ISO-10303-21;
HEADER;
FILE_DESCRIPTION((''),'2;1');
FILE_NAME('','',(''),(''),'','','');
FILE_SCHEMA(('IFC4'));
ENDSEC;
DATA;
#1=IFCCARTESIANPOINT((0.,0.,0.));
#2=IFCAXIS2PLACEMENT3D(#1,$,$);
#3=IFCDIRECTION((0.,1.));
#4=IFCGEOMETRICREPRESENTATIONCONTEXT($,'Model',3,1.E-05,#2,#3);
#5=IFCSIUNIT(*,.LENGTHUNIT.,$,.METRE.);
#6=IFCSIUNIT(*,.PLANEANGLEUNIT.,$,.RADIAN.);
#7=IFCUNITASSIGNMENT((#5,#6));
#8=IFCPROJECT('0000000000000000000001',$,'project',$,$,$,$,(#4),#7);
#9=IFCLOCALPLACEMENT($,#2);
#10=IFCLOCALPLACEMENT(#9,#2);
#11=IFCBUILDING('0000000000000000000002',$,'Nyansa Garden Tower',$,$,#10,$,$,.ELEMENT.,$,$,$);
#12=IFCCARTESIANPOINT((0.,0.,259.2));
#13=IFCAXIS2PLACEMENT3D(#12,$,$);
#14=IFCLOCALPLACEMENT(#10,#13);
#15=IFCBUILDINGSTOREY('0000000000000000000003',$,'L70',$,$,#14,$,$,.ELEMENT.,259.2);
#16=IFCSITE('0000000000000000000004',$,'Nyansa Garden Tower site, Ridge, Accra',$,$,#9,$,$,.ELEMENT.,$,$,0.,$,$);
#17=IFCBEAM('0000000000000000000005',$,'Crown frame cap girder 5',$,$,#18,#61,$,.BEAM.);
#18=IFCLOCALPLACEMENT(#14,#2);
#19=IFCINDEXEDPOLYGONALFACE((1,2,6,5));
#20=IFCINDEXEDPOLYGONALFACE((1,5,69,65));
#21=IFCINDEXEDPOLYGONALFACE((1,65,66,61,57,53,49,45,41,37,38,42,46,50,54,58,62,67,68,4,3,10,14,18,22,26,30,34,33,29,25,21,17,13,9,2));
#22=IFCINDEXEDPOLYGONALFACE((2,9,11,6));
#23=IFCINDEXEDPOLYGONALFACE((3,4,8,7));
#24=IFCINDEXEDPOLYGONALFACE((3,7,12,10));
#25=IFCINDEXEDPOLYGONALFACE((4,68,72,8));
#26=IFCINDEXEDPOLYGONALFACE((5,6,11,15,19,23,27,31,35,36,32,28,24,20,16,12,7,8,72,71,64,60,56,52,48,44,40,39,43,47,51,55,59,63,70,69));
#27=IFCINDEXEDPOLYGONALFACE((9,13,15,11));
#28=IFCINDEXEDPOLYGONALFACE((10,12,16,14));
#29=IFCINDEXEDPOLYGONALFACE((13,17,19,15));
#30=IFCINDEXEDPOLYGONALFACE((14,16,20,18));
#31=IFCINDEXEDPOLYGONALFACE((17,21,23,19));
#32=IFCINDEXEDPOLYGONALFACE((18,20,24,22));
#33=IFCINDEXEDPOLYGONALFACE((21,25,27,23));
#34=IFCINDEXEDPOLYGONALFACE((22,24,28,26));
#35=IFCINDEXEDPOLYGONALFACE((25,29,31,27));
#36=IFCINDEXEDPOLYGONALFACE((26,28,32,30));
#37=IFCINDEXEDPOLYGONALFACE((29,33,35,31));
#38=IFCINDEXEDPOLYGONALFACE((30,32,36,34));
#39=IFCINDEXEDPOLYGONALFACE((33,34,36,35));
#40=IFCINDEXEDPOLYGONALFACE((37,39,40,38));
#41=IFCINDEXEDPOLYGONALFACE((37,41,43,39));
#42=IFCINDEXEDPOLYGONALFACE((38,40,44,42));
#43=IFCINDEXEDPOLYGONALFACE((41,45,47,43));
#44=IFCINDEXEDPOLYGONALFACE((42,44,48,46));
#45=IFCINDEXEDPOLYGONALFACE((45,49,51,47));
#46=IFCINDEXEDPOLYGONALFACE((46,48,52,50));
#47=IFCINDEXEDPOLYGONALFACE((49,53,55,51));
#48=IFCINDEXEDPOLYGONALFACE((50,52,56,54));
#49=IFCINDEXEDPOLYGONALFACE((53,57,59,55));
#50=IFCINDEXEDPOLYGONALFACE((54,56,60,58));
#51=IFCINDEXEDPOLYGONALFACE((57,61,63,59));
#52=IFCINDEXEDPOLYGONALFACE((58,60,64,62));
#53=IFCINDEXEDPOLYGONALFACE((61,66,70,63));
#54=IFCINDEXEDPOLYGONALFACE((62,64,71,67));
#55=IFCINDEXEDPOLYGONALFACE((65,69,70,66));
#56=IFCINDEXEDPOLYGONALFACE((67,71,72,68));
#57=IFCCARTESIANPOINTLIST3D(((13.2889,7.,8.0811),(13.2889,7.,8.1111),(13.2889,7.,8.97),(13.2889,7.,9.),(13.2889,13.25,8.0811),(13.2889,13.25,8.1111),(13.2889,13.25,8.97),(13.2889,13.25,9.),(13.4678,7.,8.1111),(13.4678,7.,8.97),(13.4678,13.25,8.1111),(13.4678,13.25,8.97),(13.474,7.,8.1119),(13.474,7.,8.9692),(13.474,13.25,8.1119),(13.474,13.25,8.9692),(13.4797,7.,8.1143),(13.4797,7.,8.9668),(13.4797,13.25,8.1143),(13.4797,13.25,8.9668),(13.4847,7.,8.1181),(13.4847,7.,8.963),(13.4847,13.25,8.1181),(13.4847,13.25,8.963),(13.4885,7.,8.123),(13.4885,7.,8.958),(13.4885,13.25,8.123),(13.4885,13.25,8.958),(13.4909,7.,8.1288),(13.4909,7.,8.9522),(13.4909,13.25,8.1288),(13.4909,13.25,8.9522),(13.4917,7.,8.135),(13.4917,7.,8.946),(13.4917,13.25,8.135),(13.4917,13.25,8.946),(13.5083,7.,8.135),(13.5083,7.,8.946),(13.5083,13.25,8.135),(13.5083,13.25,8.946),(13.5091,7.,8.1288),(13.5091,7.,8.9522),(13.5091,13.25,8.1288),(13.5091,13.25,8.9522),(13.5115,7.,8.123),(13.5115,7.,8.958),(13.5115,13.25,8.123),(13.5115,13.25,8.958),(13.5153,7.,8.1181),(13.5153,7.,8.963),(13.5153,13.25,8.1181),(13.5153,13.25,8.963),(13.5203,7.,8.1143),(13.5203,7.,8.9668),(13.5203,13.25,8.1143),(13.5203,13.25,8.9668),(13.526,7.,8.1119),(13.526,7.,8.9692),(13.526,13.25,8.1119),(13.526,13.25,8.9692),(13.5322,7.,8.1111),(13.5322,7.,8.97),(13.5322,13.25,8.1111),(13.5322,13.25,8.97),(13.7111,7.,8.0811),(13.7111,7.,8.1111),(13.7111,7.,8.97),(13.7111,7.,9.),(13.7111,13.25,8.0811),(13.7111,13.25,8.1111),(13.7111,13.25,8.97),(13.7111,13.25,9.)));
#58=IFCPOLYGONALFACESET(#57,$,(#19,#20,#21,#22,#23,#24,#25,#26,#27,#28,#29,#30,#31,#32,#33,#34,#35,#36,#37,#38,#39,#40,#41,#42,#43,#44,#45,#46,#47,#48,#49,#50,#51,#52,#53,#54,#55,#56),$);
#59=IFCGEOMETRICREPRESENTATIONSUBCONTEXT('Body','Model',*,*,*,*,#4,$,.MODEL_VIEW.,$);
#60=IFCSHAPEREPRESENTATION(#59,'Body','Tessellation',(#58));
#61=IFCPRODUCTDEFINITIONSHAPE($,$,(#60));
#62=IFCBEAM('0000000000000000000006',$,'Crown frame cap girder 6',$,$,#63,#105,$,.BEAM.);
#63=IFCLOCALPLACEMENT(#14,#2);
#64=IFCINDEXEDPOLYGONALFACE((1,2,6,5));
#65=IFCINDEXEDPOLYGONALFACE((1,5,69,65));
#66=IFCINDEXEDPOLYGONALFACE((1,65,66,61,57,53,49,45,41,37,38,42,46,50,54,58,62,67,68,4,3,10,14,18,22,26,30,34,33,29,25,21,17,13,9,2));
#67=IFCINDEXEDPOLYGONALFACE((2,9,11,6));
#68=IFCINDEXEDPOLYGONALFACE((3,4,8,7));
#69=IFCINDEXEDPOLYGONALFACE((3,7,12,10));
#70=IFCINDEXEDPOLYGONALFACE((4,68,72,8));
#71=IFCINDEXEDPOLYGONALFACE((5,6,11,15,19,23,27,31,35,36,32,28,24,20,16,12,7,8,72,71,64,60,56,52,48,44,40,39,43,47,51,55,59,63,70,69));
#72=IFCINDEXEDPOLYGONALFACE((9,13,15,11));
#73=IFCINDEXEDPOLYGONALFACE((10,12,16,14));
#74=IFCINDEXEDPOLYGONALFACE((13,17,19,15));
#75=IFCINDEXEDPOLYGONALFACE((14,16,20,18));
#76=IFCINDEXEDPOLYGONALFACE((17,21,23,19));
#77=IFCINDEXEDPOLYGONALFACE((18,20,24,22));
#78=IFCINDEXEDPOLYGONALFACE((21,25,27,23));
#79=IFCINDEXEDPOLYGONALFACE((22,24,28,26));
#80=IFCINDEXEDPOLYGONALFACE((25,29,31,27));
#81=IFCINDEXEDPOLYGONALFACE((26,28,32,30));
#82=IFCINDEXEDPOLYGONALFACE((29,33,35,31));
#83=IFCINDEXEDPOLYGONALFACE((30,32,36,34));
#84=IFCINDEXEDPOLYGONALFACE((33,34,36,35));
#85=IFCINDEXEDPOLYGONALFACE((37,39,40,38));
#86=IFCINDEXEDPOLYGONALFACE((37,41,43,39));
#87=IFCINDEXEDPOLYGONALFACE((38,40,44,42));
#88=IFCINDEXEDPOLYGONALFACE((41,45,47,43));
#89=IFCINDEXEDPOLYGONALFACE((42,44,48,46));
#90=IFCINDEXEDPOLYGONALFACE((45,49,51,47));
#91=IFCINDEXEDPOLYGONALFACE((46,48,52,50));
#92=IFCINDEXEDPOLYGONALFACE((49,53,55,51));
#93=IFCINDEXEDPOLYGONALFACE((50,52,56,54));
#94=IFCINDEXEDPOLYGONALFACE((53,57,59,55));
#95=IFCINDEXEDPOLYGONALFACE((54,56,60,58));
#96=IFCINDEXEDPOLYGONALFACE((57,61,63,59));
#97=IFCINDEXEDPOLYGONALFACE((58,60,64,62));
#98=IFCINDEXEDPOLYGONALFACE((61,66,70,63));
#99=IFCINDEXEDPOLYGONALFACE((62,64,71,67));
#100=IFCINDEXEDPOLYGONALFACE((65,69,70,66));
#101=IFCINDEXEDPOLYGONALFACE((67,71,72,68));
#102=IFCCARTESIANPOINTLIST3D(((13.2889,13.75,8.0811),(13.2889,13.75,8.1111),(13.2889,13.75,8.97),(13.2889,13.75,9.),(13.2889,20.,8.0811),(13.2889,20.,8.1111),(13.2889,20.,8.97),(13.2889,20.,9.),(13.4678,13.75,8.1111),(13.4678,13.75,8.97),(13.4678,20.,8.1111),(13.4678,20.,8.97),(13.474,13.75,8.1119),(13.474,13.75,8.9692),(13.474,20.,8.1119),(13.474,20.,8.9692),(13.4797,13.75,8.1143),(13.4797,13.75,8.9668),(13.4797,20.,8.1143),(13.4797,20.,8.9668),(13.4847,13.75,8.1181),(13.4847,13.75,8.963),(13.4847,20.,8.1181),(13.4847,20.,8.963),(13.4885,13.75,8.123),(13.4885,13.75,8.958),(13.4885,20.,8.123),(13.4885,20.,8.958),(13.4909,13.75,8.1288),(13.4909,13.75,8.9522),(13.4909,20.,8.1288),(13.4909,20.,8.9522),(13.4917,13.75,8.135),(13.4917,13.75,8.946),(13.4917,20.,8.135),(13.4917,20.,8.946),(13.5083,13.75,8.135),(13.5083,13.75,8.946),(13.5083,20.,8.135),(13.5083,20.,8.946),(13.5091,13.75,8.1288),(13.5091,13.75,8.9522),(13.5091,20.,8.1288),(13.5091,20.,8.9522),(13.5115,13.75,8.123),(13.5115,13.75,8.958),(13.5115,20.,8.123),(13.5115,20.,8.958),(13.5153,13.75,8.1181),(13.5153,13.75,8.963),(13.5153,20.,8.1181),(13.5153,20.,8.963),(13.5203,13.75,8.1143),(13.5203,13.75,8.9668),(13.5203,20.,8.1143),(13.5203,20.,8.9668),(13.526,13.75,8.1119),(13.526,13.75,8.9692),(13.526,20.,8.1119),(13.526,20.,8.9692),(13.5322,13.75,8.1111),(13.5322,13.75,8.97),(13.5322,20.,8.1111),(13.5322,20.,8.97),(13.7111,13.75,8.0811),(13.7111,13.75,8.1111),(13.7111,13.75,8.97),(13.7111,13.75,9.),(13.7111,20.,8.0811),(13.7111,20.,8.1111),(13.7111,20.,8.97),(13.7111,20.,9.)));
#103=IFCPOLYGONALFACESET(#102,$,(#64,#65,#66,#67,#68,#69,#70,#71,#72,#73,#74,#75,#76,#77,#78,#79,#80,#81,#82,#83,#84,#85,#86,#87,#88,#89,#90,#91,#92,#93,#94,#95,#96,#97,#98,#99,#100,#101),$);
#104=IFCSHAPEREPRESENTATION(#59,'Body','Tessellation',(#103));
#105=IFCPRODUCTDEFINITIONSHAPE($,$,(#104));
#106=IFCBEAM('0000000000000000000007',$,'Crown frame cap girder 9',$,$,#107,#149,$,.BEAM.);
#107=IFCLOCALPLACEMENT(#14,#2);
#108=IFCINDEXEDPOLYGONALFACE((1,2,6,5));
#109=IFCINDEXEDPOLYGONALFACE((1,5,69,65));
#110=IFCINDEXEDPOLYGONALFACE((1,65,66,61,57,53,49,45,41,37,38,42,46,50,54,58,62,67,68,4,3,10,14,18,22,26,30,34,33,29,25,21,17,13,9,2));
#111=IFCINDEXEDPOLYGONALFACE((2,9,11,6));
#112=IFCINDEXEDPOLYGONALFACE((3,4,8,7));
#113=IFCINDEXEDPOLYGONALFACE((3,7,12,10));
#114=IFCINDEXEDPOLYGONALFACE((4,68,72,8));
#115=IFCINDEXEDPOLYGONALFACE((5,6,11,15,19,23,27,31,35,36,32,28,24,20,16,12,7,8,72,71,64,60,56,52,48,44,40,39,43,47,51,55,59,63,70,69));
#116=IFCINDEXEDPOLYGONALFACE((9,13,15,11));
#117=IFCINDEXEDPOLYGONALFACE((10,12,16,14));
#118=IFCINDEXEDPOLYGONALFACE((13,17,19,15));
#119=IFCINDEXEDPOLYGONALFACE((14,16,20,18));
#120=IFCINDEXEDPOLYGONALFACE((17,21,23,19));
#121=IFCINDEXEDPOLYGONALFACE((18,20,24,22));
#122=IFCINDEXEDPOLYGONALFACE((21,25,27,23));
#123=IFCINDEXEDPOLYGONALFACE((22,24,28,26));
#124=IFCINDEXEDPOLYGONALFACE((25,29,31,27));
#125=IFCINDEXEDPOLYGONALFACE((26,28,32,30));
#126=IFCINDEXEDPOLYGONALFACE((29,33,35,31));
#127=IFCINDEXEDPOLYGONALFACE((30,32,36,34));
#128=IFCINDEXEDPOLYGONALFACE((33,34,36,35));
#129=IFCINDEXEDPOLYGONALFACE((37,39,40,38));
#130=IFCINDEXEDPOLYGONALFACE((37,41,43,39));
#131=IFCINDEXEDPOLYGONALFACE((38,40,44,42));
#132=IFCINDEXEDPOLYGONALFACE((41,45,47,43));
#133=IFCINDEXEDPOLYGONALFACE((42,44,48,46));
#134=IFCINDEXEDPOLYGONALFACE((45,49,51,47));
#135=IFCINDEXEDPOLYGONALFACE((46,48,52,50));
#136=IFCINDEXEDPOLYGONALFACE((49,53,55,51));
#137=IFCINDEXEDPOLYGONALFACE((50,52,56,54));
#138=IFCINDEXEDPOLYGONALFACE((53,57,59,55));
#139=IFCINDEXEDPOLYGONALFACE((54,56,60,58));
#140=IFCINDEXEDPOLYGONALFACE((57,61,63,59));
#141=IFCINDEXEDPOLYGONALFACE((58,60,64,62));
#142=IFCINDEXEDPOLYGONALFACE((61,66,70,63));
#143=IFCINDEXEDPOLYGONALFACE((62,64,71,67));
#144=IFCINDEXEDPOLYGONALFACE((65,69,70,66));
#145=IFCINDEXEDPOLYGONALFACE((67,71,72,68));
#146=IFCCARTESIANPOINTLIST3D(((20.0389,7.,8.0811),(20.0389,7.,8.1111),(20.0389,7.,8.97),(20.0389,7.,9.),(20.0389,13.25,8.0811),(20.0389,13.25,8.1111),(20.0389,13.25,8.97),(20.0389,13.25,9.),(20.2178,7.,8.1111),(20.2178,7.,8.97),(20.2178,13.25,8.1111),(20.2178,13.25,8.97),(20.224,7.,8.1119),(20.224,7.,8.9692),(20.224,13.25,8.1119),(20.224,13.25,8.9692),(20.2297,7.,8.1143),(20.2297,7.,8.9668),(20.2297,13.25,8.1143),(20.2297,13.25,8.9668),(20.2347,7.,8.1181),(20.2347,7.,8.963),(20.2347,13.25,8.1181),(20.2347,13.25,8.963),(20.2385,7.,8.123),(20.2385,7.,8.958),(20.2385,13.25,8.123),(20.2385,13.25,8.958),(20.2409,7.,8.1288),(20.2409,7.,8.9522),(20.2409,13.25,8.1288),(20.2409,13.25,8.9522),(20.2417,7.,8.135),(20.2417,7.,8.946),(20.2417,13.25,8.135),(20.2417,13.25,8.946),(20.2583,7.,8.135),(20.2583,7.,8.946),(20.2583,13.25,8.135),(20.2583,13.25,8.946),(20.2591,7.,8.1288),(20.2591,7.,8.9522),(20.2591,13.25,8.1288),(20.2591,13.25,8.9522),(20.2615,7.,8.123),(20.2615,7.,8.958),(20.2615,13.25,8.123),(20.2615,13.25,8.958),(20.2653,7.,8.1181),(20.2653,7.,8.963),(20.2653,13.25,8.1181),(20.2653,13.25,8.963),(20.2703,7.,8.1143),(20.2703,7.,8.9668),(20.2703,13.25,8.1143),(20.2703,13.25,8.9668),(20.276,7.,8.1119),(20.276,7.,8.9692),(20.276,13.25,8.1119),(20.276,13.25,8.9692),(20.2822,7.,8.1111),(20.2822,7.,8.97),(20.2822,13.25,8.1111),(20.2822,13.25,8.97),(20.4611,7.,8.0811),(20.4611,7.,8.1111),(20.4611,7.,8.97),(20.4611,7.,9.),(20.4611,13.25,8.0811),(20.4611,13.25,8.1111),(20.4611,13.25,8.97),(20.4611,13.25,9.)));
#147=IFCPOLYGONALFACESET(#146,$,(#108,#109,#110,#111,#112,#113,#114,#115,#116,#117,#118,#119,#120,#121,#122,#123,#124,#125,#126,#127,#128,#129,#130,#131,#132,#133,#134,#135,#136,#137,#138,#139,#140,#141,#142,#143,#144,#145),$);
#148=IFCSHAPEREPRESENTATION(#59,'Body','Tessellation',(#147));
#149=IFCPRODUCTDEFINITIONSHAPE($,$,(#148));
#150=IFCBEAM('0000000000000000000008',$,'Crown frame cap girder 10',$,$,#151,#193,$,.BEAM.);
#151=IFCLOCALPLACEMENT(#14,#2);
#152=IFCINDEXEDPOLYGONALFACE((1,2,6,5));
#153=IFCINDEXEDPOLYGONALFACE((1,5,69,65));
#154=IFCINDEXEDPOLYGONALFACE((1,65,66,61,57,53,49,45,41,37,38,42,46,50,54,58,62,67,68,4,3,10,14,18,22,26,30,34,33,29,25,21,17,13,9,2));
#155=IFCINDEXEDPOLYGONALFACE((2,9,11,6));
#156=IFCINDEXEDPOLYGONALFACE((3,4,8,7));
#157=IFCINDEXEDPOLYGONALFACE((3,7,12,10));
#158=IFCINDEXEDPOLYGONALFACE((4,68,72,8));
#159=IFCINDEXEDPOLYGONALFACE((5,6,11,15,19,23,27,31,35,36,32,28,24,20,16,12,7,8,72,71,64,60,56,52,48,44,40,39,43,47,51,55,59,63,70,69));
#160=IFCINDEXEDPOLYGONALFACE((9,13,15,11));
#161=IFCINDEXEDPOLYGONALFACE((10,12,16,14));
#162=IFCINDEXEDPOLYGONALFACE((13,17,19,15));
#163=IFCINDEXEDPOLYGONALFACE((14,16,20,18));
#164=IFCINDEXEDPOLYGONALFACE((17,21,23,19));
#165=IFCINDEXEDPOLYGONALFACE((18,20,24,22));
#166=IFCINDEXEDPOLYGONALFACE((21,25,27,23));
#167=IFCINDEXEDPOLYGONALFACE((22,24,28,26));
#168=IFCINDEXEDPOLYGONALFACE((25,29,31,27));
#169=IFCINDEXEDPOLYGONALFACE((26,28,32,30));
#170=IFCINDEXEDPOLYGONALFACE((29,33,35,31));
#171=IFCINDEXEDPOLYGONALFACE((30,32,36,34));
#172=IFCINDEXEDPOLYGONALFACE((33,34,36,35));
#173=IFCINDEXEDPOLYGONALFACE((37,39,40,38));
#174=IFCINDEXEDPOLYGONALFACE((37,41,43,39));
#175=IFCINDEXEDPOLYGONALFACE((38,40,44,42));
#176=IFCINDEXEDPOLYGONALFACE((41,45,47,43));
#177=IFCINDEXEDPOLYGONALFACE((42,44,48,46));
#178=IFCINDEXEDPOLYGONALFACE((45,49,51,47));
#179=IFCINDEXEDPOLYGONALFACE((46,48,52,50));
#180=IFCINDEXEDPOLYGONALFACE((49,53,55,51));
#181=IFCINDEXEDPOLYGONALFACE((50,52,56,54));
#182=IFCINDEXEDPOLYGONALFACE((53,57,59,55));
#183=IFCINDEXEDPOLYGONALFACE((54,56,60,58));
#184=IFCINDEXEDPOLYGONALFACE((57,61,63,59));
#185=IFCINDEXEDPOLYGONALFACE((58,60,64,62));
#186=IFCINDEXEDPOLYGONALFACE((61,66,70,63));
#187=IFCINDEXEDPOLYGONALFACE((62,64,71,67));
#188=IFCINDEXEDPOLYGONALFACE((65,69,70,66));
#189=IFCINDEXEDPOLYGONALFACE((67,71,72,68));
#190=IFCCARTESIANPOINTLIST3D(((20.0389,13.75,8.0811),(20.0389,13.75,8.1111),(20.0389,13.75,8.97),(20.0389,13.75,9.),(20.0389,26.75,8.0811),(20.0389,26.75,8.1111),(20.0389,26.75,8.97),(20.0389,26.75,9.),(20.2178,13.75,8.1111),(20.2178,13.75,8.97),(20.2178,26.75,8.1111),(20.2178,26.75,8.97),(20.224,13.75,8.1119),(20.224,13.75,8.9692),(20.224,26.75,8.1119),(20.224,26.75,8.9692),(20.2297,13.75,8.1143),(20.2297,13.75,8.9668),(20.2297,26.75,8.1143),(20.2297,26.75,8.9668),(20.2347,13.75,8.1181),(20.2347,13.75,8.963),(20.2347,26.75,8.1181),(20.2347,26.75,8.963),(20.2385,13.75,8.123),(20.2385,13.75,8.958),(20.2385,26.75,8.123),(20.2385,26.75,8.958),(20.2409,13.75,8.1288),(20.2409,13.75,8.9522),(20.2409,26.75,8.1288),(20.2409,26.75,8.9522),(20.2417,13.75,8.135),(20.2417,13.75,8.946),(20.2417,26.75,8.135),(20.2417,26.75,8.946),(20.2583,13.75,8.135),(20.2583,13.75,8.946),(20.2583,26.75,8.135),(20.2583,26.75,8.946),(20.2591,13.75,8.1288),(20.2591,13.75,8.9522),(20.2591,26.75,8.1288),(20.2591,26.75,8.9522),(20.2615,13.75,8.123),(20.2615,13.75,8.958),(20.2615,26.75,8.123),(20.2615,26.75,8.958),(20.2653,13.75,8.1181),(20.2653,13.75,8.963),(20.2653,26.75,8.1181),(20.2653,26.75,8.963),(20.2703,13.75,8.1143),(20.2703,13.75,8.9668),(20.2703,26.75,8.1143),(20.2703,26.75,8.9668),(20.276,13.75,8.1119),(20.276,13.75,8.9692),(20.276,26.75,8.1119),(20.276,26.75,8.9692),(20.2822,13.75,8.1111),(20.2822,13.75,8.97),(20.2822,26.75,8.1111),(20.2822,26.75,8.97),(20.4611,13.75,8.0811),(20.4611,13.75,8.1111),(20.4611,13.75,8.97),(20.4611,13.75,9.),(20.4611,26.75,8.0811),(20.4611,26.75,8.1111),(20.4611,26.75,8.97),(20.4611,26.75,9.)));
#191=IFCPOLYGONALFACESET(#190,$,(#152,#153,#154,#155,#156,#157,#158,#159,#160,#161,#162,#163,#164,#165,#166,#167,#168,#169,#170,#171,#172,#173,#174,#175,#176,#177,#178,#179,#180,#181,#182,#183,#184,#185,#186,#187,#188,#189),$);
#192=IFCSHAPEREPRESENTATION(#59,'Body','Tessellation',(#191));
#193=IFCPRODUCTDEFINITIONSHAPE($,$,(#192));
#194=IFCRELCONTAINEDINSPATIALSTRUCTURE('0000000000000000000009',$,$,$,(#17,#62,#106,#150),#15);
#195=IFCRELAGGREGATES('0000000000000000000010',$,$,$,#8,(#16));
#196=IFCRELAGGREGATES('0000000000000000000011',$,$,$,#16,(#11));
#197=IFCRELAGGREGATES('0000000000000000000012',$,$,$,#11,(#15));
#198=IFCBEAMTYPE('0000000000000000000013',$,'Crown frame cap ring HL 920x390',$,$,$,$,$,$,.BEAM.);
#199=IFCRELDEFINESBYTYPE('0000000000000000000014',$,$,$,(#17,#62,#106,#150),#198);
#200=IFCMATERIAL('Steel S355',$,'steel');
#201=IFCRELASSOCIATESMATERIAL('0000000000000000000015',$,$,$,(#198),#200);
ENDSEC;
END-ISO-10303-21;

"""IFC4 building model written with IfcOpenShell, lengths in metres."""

from ifc_helpers import new_model, si_unit, direction, frame, origin, origin_2d, place, context, subcontext, project, spatial, i_section, extrude, material, material_profile, profile_set, type_object, element, save


model = new_model("IFC4")

# Units and contexts
model_context = context("Model", 3, precision=1e-05, world=origin(), true_north=direction((0.0, 1.0)))
body_context = subcontext(model_context, "Body", "Model", "MODEL_VIEW")
ifc_project = project(units=[si_unit("LENGTHUNIT", "METRE"), si_unit("PLANEANGLEUNIT", "RADIAN")], contexts=[model_context])

# Site, building, storey
site_placement = place(None, origin())
site = spatial("IfcSite", under=ifc_project, at=site_placement, Name="Nyansa Garden Tower site, Ridge, Accra", CompositionType="ELEMENT", RefElevation=0.0)
building_placement = place(site_placement, origin())
building = spatial("IfcBuilding", under=site, at=building_placement, Name="Nyansa Garden Tower", CompositionType="ELEMENT")
storey_placement = place(building_placement, frame((0.0, 0.0, 259.2)))
storey = spatial("IfcBuildingStorey", under=building, at=storey_placement, Name="L70", CompositionType="ELEMENT", Elevation=259.2)

# Beams
ifc_material_1 = material(Name="Steel S355", Category="steel")
ifc_material_profile_1 = material_profile(ifc_material_1, i_section(OverallWidth=0.4221, OverallDepth=0.9189, WebThickness=0.0166, FlangeThickness=0.03, FilletRadius=0.0239, at=origin_2d()), Name="HL 920x390")
ifc_profile_set_1 = profile_set([ifc_material_profile_1], Name="Steel S355")
beam_type_1 = type_object("IfcBeamType", Name="Crown frame cap ring HL 920x390", PredefinedType="BEAM", material=ifc_profile_set_1)
for number, where, z_axis, x_axis, name in (
    (1, (13.5, 7.0, 8.5405), (0.0, 1.0, 0.0), (-1.0, 0.0, 0.0), "Crown frame cap girder 5"),
    (2, (13.5, 13.75, 8.5405), (0.0, 1.0, 0.0), (-1.0, 0.0, 0.0), "Crown frame cap girder 6"),
    (3, (20.25, 7.0, 8.5405), (0.0, 1.0, 0.0), (-1.0, 0.0, 0.0), "Crown frame cap girder 9"),
):
    element("IfcBeam", number, at=place(storey_placement, frame(where, z_axis=z_axis, x_axis=x_axis)), inside=storey, type_object=beam_type_1, Name=name, PredefinedType="BEAM", context=body_context, shape_type="SweptSolid", body=[
        extrude(i_section(OverallWidth=0.4221, OverallDepth=0.9189, WebThickness=0.0166, FlangeThickness=0.03, FilletRadius=0.0239, at=origin_2d()), origin(), (0.0, 0.0, 1.0), 6.25),
    ])
beam_placement = place(storey_placement, frame((20.25, 13.75, 8.5405), z_axis=(0.0, 1.0, 0.0), x_axis=(-1.0, 0.0, 0.0)))
element("IfcBeam", 4, at=beam_placement, inside=storey, type_object=beam_type_1, Name="Crown frame cap girder 10", PredefinedType="BEAM", context=body_context, shape_type="SweptSolid", body=[
    extrude(i_section(OverallWidth=0.4221, OverallDepth=0.9189, WebThickness=0.0166, FlangeThickness=0.03, FilletRadius=0.0239, at=origin_2d()), origin(), (0.0, 0.0, 1.0), 13.0),
])

save(model, "model.ifc")
